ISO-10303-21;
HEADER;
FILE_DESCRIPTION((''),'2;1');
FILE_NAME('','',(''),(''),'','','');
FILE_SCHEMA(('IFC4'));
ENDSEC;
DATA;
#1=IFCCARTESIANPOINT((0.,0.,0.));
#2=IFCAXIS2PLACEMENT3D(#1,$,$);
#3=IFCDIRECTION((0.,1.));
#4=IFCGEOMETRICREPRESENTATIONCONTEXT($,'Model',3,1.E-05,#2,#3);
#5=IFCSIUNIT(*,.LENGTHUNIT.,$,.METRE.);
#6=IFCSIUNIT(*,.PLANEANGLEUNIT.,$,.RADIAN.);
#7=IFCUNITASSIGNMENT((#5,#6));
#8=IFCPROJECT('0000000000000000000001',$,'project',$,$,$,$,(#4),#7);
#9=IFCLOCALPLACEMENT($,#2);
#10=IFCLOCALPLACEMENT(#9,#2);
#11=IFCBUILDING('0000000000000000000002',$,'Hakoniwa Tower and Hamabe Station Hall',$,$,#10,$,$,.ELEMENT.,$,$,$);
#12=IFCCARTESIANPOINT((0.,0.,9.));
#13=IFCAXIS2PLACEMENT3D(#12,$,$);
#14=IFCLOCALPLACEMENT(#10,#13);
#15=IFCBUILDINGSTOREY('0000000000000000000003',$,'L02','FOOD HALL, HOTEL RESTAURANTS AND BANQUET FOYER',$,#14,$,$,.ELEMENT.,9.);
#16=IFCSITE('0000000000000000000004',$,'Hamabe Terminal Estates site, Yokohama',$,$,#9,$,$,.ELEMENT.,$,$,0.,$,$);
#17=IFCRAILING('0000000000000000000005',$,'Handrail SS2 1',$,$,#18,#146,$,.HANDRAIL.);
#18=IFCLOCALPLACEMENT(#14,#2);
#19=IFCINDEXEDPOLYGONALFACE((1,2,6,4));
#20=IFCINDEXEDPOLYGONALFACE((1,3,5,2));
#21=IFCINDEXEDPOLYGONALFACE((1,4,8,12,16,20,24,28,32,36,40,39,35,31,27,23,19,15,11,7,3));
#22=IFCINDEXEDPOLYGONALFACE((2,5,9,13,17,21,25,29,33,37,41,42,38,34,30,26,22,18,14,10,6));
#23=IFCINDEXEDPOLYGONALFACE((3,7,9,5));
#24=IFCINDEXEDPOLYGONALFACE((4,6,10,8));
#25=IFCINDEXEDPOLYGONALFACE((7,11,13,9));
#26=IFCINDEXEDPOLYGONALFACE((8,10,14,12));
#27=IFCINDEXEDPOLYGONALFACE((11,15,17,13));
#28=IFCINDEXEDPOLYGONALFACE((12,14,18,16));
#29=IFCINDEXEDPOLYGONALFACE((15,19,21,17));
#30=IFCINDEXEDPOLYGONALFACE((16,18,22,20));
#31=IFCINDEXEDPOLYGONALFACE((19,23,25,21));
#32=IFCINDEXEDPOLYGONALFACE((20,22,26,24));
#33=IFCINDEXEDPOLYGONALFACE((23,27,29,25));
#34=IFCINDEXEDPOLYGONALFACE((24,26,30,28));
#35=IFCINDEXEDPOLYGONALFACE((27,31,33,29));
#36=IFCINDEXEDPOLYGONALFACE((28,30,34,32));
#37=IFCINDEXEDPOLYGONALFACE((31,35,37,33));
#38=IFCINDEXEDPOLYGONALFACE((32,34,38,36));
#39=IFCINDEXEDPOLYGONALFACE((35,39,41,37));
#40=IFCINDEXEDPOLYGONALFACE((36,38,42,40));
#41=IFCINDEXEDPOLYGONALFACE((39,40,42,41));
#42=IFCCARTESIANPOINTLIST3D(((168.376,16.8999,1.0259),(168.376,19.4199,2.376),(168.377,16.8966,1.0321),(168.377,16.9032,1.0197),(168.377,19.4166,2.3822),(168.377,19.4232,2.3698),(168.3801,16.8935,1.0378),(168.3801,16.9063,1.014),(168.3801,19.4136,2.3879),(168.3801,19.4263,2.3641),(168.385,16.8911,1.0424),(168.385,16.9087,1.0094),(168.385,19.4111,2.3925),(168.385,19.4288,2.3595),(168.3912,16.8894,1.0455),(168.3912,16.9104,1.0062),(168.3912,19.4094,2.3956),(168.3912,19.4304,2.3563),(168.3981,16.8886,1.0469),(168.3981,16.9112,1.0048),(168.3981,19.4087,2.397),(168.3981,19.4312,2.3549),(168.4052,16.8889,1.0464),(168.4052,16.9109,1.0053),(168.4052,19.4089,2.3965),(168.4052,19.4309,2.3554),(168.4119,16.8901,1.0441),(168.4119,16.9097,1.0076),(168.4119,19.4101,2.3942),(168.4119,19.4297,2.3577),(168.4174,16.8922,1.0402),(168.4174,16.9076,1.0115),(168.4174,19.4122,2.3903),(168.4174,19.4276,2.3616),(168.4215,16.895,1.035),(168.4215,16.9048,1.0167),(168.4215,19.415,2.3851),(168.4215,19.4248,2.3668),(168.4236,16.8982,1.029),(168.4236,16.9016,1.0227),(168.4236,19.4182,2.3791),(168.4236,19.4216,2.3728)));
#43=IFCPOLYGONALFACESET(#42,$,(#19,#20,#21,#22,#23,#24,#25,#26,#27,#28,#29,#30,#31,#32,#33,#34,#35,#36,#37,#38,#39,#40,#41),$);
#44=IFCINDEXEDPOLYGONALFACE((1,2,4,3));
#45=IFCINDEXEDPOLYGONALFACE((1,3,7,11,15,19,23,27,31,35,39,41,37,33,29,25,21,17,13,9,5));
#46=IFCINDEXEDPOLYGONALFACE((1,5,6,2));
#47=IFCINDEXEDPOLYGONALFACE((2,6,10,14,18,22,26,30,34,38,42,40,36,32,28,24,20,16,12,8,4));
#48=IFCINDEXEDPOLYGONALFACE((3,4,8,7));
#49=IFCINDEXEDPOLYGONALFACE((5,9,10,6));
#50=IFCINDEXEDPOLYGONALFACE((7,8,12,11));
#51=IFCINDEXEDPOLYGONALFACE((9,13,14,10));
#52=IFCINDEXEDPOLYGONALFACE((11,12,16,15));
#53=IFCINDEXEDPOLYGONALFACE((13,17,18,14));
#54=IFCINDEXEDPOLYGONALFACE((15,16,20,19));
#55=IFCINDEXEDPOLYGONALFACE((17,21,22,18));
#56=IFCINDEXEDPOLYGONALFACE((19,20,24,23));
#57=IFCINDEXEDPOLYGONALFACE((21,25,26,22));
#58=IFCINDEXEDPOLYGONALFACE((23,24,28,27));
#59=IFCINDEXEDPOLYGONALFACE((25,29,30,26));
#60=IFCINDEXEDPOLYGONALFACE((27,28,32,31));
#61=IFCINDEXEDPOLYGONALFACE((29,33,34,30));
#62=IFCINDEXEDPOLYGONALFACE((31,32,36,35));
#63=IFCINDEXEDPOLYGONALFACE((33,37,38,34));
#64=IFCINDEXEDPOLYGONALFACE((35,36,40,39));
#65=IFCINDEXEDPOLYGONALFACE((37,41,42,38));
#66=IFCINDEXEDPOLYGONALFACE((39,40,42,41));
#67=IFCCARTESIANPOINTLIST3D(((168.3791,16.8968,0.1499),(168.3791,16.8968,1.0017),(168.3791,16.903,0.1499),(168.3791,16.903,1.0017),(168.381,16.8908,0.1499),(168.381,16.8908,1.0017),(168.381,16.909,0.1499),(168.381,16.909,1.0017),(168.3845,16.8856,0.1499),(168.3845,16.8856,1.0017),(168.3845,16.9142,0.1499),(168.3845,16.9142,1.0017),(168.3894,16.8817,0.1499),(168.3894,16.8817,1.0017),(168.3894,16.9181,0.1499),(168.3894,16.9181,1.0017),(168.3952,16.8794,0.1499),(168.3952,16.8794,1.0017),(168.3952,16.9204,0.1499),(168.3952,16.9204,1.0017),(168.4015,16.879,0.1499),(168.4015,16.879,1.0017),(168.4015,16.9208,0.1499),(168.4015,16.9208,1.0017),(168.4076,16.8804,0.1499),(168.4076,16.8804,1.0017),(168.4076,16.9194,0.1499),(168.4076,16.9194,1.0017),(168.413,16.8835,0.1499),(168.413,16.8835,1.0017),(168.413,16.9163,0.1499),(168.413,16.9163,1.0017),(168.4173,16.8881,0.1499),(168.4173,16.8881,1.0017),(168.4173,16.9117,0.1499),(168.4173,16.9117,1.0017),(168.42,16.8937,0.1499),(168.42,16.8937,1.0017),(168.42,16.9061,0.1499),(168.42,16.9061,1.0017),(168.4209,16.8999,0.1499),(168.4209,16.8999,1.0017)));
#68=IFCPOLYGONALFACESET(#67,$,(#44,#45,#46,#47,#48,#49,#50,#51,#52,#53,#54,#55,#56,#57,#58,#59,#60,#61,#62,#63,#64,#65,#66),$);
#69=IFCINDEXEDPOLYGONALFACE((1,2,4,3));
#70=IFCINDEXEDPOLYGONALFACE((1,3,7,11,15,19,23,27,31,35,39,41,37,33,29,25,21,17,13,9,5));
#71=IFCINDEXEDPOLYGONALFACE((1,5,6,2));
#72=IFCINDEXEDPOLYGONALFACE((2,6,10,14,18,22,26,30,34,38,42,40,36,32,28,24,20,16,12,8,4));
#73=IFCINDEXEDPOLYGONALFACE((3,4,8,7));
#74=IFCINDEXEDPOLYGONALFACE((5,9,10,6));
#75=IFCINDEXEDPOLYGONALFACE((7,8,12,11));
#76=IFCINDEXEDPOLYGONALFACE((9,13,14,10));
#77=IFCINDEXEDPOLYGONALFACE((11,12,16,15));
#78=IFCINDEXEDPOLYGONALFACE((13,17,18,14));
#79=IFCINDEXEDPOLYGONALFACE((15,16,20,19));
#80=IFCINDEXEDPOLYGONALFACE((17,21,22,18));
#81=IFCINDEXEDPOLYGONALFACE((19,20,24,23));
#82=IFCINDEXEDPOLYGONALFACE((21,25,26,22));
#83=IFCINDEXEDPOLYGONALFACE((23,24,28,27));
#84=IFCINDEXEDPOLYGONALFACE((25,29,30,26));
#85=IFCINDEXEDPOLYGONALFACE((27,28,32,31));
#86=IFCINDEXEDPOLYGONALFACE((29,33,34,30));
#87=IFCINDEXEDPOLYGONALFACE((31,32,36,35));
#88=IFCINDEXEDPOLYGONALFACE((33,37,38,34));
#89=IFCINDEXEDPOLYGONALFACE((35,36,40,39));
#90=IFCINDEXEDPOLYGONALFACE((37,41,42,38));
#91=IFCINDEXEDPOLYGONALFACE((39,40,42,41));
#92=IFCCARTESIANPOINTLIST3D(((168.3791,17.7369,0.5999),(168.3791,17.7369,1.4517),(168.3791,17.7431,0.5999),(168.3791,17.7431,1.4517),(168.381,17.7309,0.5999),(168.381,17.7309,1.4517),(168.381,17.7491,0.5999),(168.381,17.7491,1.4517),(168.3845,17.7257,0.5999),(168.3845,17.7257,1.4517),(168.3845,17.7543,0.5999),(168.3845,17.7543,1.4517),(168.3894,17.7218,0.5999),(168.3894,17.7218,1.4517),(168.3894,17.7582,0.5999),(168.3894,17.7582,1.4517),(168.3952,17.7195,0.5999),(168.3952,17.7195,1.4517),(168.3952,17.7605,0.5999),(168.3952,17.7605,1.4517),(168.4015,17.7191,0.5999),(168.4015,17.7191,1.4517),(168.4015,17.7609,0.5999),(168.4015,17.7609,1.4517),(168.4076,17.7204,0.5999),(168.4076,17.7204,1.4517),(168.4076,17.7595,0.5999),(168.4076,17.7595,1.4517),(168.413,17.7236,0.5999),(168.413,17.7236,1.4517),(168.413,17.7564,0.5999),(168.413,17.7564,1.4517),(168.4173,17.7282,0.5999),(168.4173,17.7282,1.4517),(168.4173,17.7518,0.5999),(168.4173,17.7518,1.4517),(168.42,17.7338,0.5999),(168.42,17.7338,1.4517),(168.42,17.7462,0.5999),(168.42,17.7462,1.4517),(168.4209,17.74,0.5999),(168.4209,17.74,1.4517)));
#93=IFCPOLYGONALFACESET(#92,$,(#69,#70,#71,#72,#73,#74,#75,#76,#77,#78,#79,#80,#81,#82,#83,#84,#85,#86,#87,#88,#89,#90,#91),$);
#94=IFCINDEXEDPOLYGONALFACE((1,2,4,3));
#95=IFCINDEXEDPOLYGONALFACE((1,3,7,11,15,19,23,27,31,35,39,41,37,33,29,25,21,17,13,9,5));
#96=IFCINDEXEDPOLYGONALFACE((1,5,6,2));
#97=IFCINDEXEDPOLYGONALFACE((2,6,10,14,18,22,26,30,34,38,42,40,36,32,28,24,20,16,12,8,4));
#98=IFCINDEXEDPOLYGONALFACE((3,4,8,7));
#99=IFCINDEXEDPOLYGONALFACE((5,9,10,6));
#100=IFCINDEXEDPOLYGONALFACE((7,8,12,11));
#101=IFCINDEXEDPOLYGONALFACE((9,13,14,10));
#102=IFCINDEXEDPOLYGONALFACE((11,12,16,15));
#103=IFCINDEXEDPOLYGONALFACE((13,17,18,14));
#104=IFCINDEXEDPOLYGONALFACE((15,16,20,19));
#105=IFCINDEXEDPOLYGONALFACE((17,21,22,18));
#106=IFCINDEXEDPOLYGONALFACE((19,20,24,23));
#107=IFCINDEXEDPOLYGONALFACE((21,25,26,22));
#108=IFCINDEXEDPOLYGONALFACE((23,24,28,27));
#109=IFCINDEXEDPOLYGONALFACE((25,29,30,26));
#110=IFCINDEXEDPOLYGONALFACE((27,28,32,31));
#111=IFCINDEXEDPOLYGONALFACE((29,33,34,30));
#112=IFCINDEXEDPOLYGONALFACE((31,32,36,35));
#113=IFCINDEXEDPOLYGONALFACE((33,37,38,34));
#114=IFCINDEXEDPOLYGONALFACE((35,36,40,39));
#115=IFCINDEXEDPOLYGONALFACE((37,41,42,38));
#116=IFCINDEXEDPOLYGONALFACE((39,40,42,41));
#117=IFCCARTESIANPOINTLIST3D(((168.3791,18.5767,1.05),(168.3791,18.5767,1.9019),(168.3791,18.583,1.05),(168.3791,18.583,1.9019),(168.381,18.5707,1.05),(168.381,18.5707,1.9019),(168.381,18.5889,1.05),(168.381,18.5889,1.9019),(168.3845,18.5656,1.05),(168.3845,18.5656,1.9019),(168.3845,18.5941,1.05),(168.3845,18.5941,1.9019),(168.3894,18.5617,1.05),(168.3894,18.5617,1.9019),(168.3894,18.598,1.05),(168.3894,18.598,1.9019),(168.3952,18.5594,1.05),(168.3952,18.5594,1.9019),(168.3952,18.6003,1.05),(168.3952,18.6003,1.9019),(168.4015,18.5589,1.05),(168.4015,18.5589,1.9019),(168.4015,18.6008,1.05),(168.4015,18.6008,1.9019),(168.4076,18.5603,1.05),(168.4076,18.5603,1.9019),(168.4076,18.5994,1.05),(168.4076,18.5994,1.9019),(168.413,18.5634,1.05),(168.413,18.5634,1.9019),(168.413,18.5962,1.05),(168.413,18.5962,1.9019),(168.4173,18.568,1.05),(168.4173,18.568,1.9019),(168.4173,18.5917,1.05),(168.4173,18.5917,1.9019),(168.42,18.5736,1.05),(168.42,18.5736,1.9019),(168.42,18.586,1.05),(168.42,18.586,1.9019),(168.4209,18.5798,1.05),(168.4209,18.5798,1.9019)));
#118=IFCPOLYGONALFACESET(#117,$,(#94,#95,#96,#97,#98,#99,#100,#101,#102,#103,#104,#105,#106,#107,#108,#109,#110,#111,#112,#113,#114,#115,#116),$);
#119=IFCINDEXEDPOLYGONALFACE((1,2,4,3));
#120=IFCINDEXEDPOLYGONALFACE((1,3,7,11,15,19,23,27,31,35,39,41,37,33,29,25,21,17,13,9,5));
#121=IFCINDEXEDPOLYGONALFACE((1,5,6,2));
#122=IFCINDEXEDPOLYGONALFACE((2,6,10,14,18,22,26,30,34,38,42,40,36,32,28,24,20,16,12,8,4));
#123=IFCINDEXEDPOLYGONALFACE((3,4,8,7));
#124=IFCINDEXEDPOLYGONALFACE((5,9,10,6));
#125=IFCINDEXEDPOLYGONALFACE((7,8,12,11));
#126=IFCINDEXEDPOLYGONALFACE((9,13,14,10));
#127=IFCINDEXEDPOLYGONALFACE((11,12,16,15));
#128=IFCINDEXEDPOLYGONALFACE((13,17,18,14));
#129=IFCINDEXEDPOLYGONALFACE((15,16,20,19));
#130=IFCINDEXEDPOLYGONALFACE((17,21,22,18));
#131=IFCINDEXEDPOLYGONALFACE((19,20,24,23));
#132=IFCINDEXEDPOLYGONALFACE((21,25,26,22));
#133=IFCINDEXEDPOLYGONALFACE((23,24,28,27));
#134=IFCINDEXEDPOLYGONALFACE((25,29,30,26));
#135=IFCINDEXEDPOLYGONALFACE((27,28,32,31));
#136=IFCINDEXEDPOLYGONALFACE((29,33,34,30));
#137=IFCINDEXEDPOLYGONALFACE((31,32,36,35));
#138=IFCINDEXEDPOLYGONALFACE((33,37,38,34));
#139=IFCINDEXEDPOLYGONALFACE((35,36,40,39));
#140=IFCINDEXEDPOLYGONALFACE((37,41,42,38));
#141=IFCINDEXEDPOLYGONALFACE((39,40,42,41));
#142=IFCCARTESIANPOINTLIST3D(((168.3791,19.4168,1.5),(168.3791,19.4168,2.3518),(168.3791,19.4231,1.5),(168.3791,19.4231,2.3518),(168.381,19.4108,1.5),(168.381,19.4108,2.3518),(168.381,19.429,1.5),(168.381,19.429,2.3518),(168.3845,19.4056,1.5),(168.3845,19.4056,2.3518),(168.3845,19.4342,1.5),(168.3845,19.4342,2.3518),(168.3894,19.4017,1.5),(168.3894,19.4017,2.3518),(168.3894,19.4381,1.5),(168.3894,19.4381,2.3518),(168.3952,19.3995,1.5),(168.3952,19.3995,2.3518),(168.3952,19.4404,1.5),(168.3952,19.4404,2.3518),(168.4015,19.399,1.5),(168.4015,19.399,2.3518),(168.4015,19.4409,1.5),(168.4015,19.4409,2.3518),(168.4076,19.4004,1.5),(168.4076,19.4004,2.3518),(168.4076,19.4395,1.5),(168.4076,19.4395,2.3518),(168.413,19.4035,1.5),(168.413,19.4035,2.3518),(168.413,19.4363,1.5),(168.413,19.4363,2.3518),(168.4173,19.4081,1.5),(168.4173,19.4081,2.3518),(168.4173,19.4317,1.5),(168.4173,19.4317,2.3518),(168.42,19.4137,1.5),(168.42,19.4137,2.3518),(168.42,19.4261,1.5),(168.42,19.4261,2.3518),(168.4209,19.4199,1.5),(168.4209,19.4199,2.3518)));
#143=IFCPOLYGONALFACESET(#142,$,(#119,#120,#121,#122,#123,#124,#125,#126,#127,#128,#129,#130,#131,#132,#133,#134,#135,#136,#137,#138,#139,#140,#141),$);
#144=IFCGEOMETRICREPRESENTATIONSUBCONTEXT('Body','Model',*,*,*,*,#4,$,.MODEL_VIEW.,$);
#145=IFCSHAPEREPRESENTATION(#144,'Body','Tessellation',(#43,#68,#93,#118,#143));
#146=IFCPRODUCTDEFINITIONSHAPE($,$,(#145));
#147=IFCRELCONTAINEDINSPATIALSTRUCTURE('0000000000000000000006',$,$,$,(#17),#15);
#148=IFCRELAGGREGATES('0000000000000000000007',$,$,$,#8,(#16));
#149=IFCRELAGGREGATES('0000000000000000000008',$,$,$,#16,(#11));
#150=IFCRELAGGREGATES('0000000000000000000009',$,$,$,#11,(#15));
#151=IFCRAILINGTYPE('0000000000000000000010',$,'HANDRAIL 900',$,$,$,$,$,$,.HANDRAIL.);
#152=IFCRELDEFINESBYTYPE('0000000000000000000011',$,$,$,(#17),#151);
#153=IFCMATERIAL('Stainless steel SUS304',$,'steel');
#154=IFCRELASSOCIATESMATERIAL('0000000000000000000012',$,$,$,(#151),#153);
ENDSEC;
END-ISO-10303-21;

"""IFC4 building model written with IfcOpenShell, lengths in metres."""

from ifc_helpers import new_model, si_unit, direction, frame, origin, origin_2d, place, context, subcontext, project, spatial, circle, extrude, material, type_object, element, save


model = new_model("IFC4")

# Units and contexts
model_context = context("Model", 3, precision=1e-05, world=origin(), true_north=direction((0.0, 1.0)))
body_context = subcontext(model_context, "Body", "Model", "MODEL_VIEW")
ifc_project = project(units=[si_unit("LENGTHUNIT", "METRE"), si_unit("PLANEANGLEUNIT", "RADIAN")], contexts=[model_context])

# Site, building, storey
site_placement = place(None, origin())
site = spatial("IfcSite", under=ifc_project, at=site_placement, Name="Hamabe Terminal Estates site, Yokohama", CompositionType="ELEMENT", RefElevation=0.0)
building_placement = place(site_placement, origin())
building = spatial("IfcBuilding", under=site, at=building_placement, Name="Hakoniwa Tower and Hamabe Station Hall", CompositionType="ELEMENT")
storey_placement = place(building_placement, frame((0.0, 0.0, 9.0)))
storey = spatial("IfcBuildingStorey", under=building, at=storey_placement, Name="L02", Description="FOOD HALL, HOTEL RESTAURANTS AND BANQUET FOYER", CompositionType="ELEMENT", Elevation=9.0)

# Railing
ifc_material_1 = material(Name="Stainless steel SUS304", Category="steel")
railing_type = type_object("IfcRailingType", Name="HANDRAIL 900", PredefinedType="HANDRAIL", material=ifc_material_1)
railing_placement = place(storey_placement, frame((168.3999, 16.8999, 0.1499)))
element("IfcRailing", 1, at=railing_placement, inside=storey, type_object=railing_type, Name="Handrail SS2 1", PredefinedType="HANDRAIL", context=body_context, shape_type="SweptSolid", body=[
    extrude(circle(Radius=0.0239, at=origin_2d()), frame((0.0, 0.0, 0.876), z_axis=(0.0, 0.881467, 0.472245), x_axis=(-1.0, 0.0, 0.0)), (0.0, 0.0, 1.0), 2.8589),
    extrude(circle(Radius=0.021, at=origin_2d()), origin(), (0.0, 0.0, 1.0), 0.8518),
    extrude(circle(Radius=0.021, at=origin_2d()), frame((0.0, 0.8401, 0.45)), (0.0, 0.0, 1.0), 0.8518),
    extrude(circle(Radius=0.021, at=origin_2d()), frame((0.0, 1.6799, 0.9001)), (0.0, 0.0, 1.0), 0.8518),
    extrude(circle(Radius=0.021, at=origin_2d()), frame((0.0, 2.52, 1.3501)), (0.0, 0.0, 1.0), 0.8518),
])

save(model, "model.ifc")
